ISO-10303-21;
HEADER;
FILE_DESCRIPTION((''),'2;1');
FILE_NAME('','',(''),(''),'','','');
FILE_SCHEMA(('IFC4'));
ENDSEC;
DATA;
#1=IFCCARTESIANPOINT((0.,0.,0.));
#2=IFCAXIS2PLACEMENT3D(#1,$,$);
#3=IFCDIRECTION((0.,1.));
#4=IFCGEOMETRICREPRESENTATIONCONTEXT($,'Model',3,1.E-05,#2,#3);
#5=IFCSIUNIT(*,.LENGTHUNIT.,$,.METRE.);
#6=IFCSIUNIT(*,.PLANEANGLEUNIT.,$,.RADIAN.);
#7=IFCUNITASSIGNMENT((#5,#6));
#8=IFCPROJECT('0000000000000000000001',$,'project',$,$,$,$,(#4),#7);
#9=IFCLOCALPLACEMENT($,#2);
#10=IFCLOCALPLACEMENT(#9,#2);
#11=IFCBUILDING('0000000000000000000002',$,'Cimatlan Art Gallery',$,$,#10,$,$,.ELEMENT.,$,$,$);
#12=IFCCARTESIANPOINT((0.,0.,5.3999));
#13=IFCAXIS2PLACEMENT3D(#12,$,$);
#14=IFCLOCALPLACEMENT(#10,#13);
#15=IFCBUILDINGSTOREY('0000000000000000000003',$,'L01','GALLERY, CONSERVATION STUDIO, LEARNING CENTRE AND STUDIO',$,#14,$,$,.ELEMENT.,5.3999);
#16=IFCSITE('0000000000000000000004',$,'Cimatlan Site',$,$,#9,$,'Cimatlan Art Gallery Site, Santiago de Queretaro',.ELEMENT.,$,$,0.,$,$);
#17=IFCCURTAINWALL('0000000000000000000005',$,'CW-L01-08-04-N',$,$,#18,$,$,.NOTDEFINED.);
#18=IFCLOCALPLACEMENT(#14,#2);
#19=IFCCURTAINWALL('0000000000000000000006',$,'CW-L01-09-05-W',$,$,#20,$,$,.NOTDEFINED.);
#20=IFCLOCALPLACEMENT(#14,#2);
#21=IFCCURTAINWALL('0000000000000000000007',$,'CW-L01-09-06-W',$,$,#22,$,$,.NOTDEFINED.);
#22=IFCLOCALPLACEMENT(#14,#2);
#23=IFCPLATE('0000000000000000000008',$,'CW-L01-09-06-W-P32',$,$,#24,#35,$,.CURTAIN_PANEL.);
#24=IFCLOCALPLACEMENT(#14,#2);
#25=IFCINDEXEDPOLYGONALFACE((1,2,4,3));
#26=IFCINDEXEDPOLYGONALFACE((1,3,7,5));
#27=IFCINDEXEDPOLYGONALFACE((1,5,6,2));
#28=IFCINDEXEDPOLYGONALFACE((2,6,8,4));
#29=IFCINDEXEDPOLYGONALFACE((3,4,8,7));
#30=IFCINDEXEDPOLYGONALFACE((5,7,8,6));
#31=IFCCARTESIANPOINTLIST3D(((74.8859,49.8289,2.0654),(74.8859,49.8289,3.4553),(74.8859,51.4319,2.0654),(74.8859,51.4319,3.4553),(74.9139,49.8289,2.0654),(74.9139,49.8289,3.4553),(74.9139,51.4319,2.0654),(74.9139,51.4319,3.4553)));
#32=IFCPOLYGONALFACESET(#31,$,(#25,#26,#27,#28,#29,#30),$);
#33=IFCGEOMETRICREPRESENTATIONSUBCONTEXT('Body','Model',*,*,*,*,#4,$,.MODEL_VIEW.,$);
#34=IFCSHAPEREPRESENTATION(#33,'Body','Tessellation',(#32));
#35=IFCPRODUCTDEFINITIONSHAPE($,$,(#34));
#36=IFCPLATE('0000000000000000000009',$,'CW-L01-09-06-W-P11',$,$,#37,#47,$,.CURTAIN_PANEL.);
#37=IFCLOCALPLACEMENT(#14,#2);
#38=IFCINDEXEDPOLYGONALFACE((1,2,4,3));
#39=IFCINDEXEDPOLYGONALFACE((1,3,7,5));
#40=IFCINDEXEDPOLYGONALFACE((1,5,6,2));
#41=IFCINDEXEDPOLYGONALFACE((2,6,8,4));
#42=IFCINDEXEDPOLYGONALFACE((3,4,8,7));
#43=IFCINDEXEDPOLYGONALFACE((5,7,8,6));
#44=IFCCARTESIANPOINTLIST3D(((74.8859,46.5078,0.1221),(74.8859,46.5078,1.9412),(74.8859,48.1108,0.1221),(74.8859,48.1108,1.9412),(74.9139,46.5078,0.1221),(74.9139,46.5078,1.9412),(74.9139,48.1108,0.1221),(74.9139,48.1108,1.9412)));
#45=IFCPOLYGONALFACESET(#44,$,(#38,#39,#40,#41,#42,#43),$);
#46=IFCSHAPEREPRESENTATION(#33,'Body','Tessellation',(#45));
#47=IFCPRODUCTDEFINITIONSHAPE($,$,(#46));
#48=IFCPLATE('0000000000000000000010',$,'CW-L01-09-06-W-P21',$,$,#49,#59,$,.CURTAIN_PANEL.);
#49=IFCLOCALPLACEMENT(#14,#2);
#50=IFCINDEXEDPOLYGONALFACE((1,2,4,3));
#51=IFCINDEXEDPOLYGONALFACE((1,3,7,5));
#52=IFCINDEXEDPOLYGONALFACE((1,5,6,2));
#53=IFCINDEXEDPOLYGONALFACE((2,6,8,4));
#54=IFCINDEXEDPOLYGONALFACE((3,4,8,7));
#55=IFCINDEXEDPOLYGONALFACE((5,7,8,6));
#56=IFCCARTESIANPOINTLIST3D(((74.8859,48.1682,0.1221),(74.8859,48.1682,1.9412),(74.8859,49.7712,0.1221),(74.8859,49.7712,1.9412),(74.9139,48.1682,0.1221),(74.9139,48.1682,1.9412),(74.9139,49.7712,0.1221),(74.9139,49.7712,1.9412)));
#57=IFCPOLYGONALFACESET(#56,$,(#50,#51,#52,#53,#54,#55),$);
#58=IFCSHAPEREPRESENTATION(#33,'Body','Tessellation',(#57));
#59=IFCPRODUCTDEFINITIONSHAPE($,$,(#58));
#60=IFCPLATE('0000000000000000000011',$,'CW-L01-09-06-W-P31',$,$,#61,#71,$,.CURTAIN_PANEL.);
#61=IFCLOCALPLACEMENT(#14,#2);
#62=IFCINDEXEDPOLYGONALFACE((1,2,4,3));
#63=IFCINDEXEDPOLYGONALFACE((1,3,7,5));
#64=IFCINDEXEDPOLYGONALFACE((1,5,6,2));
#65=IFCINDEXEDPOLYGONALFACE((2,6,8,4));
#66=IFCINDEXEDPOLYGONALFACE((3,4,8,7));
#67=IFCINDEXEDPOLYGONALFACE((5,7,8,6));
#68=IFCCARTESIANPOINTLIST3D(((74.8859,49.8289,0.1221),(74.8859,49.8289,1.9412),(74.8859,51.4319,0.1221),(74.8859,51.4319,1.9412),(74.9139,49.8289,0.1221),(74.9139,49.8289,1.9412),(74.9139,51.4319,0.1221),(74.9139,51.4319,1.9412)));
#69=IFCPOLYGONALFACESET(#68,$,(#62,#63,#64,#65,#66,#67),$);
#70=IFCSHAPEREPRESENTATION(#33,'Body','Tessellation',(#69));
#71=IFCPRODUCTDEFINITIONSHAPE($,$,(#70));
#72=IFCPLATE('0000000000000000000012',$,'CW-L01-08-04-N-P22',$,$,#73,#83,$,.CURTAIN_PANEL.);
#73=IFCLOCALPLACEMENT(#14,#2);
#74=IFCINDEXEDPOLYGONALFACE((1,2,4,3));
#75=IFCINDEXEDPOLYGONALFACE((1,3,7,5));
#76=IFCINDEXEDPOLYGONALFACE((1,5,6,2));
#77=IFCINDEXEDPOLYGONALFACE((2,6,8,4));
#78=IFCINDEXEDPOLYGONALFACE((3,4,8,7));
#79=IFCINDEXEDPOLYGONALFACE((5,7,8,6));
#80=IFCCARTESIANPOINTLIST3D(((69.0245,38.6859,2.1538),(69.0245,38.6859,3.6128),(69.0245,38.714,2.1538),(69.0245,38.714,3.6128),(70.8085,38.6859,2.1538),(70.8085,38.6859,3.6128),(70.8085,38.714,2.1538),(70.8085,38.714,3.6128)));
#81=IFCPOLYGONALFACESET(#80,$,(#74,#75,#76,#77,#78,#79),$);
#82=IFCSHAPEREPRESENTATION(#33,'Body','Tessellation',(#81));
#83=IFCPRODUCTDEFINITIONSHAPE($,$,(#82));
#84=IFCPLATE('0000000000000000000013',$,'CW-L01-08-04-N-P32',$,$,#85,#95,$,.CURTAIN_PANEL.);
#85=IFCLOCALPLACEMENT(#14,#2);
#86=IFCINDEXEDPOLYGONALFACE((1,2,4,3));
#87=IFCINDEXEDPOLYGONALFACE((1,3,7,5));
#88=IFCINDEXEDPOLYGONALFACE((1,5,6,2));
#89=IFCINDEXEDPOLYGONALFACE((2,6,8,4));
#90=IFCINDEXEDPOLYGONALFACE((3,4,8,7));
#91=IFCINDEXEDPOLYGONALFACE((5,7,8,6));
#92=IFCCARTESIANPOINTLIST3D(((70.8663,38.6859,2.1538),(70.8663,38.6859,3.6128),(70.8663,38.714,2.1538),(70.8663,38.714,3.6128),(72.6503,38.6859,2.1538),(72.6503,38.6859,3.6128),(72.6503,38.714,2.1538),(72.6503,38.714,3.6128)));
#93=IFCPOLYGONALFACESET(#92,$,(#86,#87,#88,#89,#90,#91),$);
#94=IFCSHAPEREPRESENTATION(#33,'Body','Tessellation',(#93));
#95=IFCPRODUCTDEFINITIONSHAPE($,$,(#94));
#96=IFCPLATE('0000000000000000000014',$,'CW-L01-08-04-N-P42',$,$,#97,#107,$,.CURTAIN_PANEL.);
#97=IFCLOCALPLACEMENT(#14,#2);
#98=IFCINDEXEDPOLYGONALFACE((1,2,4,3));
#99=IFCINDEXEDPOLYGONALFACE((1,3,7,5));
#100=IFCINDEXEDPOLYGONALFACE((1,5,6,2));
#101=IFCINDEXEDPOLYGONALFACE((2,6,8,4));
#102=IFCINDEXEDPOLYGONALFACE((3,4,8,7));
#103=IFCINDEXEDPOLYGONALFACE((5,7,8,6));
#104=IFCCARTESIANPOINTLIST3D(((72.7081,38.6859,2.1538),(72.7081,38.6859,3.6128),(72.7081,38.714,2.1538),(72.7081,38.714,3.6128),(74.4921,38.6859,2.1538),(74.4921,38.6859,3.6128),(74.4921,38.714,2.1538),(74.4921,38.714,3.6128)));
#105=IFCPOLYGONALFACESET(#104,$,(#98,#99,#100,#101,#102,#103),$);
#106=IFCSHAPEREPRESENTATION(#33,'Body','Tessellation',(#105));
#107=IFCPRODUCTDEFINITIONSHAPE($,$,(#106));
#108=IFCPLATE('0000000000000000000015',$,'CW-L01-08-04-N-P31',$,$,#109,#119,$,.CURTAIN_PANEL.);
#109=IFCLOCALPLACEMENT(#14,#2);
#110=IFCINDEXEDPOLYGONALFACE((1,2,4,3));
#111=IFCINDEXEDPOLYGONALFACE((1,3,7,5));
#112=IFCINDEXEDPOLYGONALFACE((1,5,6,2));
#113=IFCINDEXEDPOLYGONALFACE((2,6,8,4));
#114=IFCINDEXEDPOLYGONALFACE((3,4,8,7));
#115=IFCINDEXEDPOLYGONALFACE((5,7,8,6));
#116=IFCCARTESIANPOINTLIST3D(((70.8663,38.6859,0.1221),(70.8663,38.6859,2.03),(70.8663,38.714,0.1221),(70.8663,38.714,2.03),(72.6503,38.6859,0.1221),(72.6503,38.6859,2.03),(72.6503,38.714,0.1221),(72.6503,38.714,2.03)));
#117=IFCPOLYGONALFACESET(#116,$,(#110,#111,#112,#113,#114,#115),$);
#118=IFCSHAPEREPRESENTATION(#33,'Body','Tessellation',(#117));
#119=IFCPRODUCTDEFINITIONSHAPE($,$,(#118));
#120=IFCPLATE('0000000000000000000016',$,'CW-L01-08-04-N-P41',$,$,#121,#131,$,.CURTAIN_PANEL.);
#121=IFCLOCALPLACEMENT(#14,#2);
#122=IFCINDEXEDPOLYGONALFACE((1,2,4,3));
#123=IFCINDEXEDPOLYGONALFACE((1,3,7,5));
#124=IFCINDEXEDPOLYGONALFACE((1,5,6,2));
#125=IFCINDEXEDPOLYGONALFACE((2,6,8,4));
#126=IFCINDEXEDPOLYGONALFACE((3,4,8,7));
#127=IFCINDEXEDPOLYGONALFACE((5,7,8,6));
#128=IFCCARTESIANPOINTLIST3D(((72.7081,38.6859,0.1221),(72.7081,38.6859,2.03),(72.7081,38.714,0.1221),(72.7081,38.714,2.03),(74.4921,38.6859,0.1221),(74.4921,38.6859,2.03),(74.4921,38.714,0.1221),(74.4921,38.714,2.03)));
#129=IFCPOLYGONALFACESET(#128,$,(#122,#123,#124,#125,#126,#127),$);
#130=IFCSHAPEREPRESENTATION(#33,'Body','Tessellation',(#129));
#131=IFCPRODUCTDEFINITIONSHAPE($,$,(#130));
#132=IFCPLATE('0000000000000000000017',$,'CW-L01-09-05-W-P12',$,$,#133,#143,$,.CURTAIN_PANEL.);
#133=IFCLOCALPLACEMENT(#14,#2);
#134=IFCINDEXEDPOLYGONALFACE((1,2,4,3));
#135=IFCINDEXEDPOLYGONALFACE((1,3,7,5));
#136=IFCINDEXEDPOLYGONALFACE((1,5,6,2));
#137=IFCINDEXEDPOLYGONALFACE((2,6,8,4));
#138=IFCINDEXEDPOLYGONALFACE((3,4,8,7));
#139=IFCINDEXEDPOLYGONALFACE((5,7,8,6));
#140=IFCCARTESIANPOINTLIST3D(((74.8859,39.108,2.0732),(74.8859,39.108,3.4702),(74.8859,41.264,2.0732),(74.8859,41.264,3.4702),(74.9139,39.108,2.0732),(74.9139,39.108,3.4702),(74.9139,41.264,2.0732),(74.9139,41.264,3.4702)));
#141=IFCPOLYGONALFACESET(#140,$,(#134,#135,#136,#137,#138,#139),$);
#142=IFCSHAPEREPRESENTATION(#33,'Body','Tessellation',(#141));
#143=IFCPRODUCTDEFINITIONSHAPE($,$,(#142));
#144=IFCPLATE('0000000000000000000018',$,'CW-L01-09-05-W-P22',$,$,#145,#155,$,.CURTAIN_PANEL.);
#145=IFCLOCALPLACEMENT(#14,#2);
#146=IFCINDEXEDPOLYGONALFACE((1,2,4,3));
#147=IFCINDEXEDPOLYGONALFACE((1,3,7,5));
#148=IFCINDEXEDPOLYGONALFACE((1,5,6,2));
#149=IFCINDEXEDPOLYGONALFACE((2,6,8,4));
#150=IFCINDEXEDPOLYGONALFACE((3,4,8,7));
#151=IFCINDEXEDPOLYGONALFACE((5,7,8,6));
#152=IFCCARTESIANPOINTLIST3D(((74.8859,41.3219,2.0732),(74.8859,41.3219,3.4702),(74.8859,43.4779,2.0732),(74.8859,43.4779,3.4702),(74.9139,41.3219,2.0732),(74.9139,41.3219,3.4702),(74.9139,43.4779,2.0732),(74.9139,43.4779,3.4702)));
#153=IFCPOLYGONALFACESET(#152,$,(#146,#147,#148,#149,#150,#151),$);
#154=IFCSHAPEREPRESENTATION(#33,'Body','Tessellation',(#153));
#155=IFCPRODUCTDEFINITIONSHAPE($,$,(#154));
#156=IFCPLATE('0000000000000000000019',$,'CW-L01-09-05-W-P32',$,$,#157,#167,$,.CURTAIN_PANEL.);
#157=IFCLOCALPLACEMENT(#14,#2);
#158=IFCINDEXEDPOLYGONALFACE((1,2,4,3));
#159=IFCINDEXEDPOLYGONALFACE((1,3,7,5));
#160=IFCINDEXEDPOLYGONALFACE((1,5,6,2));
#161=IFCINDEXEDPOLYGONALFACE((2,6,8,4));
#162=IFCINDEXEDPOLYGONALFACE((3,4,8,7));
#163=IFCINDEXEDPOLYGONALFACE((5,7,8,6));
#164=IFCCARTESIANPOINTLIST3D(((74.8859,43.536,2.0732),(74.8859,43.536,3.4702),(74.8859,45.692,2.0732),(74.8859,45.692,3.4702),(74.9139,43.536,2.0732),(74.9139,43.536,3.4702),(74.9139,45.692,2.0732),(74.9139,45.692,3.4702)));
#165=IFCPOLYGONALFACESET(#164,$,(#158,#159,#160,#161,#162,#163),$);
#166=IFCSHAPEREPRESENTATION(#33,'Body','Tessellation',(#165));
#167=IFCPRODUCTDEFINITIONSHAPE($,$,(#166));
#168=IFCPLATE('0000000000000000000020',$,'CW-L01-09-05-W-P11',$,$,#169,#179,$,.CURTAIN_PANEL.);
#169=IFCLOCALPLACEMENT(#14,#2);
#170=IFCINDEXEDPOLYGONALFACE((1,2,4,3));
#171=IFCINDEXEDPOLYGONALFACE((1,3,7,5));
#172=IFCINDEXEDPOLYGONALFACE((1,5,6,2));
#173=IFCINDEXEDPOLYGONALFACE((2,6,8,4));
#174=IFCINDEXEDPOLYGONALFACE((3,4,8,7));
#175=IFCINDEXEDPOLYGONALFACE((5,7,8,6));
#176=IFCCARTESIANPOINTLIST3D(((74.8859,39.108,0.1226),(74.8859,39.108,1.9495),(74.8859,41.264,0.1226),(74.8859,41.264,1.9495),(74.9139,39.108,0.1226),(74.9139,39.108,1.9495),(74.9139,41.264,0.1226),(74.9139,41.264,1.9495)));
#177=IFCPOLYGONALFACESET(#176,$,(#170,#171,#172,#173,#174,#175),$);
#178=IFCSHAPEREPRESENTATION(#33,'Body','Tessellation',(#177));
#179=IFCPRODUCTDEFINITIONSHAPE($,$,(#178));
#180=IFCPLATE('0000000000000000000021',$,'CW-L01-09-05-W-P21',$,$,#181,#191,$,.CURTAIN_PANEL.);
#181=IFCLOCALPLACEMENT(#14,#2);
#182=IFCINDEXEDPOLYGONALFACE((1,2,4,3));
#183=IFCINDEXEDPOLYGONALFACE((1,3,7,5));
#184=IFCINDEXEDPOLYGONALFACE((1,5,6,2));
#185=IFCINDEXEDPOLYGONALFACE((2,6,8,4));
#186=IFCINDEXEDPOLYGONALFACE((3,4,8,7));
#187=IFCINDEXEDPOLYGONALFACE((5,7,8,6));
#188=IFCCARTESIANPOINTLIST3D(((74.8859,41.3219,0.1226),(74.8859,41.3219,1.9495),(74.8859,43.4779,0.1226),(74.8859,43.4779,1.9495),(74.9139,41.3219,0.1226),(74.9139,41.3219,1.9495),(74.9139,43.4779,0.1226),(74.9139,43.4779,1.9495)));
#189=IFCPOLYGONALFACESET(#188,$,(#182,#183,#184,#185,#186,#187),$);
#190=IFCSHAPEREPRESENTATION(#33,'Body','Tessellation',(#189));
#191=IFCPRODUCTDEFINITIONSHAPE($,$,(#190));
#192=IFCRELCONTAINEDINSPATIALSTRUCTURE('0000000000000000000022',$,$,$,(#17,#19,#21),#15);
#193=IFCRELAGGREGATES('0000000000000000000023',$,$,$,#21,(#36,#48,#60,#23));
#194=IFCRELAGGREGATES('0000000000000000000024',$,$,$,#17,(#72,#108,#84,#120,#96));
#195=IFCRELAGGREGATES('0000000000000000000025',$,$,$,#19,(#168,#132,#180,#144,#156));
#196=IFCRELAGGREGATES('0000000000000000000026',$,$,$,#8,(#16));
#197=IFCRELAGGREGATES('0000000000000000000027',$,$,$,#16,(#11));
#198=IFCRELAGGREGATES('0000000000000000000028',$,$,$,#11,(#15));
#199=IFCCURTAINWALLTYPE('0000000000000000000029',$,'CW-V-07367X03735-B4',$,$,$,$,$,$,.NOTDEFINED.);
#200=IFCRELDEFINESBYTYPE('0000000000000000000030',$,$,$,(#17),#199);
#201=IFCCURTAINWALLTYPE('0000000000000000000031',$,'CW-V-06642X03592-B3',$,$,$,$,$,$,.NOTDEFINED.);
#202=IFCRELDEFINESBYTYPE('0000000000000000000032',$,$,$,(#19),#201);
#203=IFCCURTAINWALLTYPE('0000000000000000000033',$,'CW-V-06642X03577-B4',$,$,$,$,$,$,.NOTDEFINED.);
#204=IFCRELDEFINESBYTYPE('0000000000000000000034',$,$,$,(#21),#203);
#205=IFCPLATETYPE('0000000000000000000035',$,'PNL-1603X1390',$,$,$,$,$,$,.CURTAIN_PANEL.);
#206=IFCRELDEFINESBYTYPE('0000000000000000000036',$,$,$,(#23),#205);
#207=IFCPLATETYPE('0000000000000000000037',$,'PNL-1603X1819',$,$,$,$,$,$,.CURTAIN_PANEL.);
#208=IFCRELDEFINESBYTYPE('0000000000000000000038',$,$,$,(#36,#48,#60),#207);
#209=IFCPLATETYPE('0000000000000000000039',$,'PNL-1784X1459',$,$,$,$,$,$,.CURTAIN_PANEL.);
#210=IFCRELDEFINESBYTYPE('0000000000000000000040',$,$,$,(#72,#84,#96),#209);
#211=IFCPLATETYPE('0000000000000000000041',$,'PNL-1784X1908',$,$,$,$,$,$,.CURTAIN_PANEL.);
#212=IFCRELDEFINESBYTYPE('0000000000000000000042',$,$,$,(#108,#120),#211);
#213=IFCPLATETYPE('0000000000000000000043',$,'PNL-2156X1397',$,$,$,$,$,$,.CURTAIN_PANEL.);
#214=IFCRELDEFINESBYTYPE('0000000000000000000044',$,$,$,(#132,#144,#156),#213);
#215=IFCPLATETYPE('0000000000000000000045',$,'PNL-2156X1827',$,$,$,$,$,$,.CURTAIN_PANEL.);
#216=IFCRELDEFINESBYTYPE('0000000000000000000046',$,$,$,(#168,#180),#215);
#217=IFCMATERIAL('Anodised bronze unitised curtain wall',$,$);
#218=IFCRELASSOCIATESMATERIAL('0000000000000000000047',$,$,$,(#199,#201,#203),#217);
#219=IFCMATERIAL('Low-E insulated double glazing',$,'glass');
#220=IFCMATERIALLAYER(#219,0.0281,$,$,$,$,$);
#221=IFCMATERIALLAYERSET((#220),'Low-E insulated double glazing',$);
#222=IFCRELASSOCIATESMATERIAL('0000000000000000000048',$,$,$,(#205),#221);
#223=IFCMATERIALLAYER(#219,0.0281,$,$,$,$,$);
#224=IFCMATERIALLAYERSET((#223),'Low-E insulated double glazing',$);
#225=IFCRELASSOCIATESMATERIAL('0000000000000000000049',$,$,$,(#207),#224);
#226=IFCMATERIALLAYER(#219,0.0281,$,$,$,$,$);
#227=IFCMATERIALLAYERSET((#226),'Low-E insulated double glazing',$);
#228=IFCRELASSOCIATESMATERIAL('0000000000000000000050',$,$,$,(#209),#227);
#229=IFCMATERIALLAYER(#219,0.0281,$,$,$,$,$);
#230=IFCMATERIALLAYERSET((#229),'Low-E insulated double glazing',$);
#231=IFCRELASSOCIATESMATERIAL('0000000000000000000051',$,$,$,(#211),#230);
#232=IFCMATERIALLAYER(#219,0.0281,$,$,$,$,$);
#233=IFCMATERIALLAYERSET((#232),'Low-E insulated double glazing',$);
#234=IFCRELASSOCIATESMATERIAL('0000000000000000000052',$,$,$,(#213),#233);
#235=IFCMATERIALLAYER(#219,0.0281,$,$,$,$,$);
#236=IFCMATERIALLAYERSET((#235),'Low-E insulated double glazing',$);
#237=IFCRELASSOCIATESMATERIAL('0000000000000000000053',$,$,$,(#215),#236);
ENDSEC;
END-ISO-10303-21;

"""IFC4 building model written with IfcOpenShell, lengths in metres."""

from ifc_helpers import new_model, si_unit, direction, frame, origin, origin_2d, place, context, subcontext, project, spatial, rectangle, extrude, material, layer, layer_set, type_object, element, aggregate, save


model = new_model("IFC4")

# Units and contexts
model_context = context("Model", 3, precision=1e-05, world=origin(), true_north=direction((0.0, 1.0)))
body_context = subcontext(model_context, "Body", "Model", "MODEL_VIEW")
ifc_project = project(units=[si_unit("LENGTHUNIT", "METRE"), si_unit("PLANEANGLEUNIT", "RADIAN")], contexts=[model_context])

# Site, building, storey
site_placement = place(None, origin())
site = spatial("IfcSite", under=ifc_project, at=site_placement, Name="Cimatlan Site", LongName="Cimatlan Art Gallery Site, Santiago de Queretaro", CompositionType="ELEMENT", RefElevation=0.0)
building_placement = place(site_placement, origin())
building = spatial("IfcBuilding", under=site, at=building_placement, Name="Cimatlan Art Gallery", CompositionType="ELEMENT")
storey_placement = place(building_placement, frame((0.0, 0.0, 5.3999)))
storey = spatial("IfcBuildingStorey", under=building, at=storey_placement, Name="L01", Description="GALLERY, CONSERVATION STUDIO, LEARNING CENTRE AND STUDIO", CompositionType="ELEMENT", Elevation=5.3999)

# Curtain walls
ifc_material_1 = material(Name="Anodised bronze unitised curtain wall")
curtain_wall_type_1 = type_object("IfcCurtainWallType", Name="CW-V-07367X03735-B4", PredefinedType="NOTDEFINED", material=ifc_material_1)
curtain_wall_1_placement = place(storey_placement, origin())
curtain_wall_1 = element("IfcCurtainWall", 1, at=curtain_wall_1_placement, inside=storey, type_object=curtain_wall_type_1, Name="CW-L01-08-04-N", PredefinedType="NOTDEFINED")
curtain_wall_type_2 = type_object("IfcCurtainWallType", Name="CW-V-06642X03592-B3", PredefinedType="NOTDEFINED", material=ifc_material_1)
curtain_wall_2_placement = place(storey_placement, origin())
curtain_wall_2 = element("IfcCurtainWall", 2, at=curtain_wall_2_placement, inside=storey, type_object=curtain_wall_type_2, Name="CW-L01-09-05-W", PredefinedType="NOTDEFINED")
curtain_wall_type_3 = type_object("IfcCurtainWallType", Name="CW-V-06642X03577-B4", PredefinedType="NOTDEFINED", material=ifc_material_1)
curtain_wall_3_placement = place(storey_placement, origin())
curtain_wall_3 = element("IfcCurtainWall", 3, at=curtain_wall_3_placement, inside=storey, type_object=curtain_wall_type_3, Name="CW-L01-09-06-W", PredefinedType="NOTDEFINED")

# Plates
ifc_material_2 = material(Name="Low-E insulated double glazing", Category="glass")
ifc_layer_1 = layer(ifc_material_2, 0.0281)
ifc_layer_set_1 = layer_set([ifc_layer_1], Name="Low-E insulated double glazing")
plate_type_1 = type_object("IfcPlateType", Name="PNL-1603X1390", PredefinedType="CURTAIN_PANEL", material=ifc_layer_set_1)
plate_1_placement = place(storey_placement, frame((74.8999, 50.6304, 2.0654), z_axis=(0.0, 0.0, 1.0), x_axis=(0.0, 1.0, 0.0)))
plate_1 = element("IfcPlate", 4, at=plate_1_placement, type_object=plate_type_1, Name="CW-L01-09-06-W-P32", PredefinedType="CURTAIN_PANEL", context=body_context, shape_type="SweptSolid", body=[
    extrude(rectangle(XDim=1.603, YDim=0.0281, at=origin_2d()), origin(), (0.0, 0.0, 1.0), 1.3899),
])
ifc_layer_2 = layer(ifc_material_2, 0.0281)
ifc_layer_set_2 = layer_set([ifc_layer_2], Name="Low-E insulated double glazing")
plate_type_2 = type_object("IfcPlateType", Name="PNL-1603X1819", PredefinedType="CURTAIN_PANEL", material=ifc_layer_set_2)
plate_2_placement = place(storey_placement, frame((74.8999, 47.3093, 0.1221), z_axis=(0.0, 0.0, 1.0), x_axis=(0.0, 1.0, 0.0)))
plate_2 = element("IfcPlate", 5, at=plate_2_placement, type_object=plate_type_2, Name="CW-L01-09-06-W-P11", PredefinedType="CURTAIN_PANEL", context=body_context, shape_type="SweptSolid", body=[
    extrude(rectangle(XDim=1.603, YDim=0.0281, at=origin_2d()), origin(), (0.0, 0.0, 1.0), 1.8191),
])
plate_3_placement = place(storey_placement, frame((74.8999, 48.9697, 0.1221), z_axis=(0.0, 0.0, 1.0), x_axis=(0.0, 1.0, 0.0)))
plate_3 = element("IfcPlate", 6, at=plate_3_placement, type_object=plate_type_2, Name="CW-L01-09-06-W-P21", PredefinedType="CURTAIN_PANEL", context=body_context, shape_type="SweptSolid", body=[
    extrude(rectangle(XDim=1.603, YDim=0.0281, at=origin_2d()), origin(), (0.0, 0.0, 1.0), 1.8191),
])
plate_4_placement = place(storey_placement, frame((74.8999, 50.6304, 0.1221), z_axis=(0.0, 0.0, 1.0), x_axis=(0.0, 1.0, 0.0)))
plate_4 = element("IfcPlate", 7, at=plate_4_placement, type_object=plate_type_2, Name="CW-L01-09-06-W-P31", PredefinedType="CURTAIN_PANEL", context=body_context, shape_type="SweptSolid", body=[
    extrude(rectangle(XDim=1.603, YDim=0.0281, at=origin_2d()), origin(), (0.0, 0.0, 1.0), 1.8191),
])
aggregate(curtain_wall_3, [plate_2, plate_3, plate_4, plate_1])
ifc_layer_3 = layer(ifc_material_2, 0.0281)
ifc_layer_set_3 = layer_set([ifc_layer_3], Name="Low-E insulated double glazing")
plate_type_3 = type_object("IfcPlateType", Name="PNL-1784X1459", PredefinedType="CURTAIN_PANEL", material=ifc_layer_set_3)
plate_5_placement = place(storey_placement, frame((69.9165, 38.7, 2.1538), z_axis=(0.0, 0.0, 1.0), x_axis=(1.0, 0.0, 0.0)))
plate_5 = element("IfcPlate", 8, at=plate_5_placement, type_object=plate_type_3, Name="CW-L01-08-04-N-P22", PredefinedType="CURTAIN_PANEL", context=body_context, shape_type="SweptSolid", body=[
    extrude(rectangle(XDim=1.7839, YDim=0.0281, at=origin_2d()), origin(), (0.0, 0.0, 1.0), 1.459),
])
plate_6_placement = place(storey_placement, frame((71.7583, 38.7, 2.1538), z_axis=(0.0, 0.0, 1.0), x_axis=(1.0, 0.0, 0.0)))
plate_6 = element("IfcPlate", 9, at=plate_6_placement, type_object=plate_type_3, Name="CW-L01-08-04-N-P32", PredefinedType="CURTAIN_PANEL", context=body_context, shape_type="SweptSolid", body=[
    extrude(rectangle(XDim=1.7839, YDim=0.0281, at=origin_2d()), origin(), (0.0, 0.0, 1.0), 1.459),
])
plate_7_placement = place(storey_placement, frame((73.6001, 38.7, 2.1538), z_axis=(0.0, 0.0, 1.0), x_axis=(1.0, 0.0, 0.0)))
plate_7 = element("IfcPlate", 10, at=plate_7_placement, type_object=plate_type_3, Name="CW-L01-08-04-N-P42", PredefinedType="CURTAIN_PANEL", context=body_context, shape_type="SweptSolid", body=[
    extrude(rectangle(XDim=1.7839, YDim=0.0281, at=origin_2d()), origin(), (0.0, 0.0, 1.0), 1.459),
])
ifc_layer_4 = layer(ifc_material_2, 0.0281)
ifc_layer_set_4 = layer_set([ifc_layer_4], Name="Low-E insulated double glazing")
plate_type_4 = type_object("IfcPlateType", Name="PNL-1784X1908", PredefinedType="CURTAIN_PANEL", material=ifc_layer_set_4)
plate_8_placement = place(storey_placement, frame((71.7583, 38.7, 0.1221), z_axis=(0.0, 0.0, 1.0), x_axis=(1.0, 0.0, 0.0)))
plate_8 = element("IfcPlate", 11, at=plate_8_placement, type_object=plate_type_4, Name="CW-L01-08-04-N-P31", PredefinedType="CURTAIN_PANEL", context=body_context, shape_type="SweptSolid", body=[
    extrude(rectangle(XDim=1.7839, YDim=0.0281, at=origin_2d()), origin(), (0.0, 0.0, 1.0), 1.908),
])
plate_9_placement = place(storey_placement, frame((73.6001, 38.7, 0.1221), z_axis=(0.0, 0.0, 1.0), x_axis=(1.0, 0.0, 0.0)))
plate_9 = element("IfcPlate", 12, at=plate_9_placement, type_object=plate_type_4, Name="CW-L01-08-04-N-P41", PredefinedType="CURTAIN_PANEL", context=body_context, shape_type="SweptSolid", body=[
    extrude(rectangle(XDim=1.7839, YDim=0.0281, at=origin_2d()), origin(), (0.0, 0.0, 1.0), 1.908),
])
aggregate(curtain_wall_1, [plate_5, plate_8, plate_6, plate_9, plate_7])
ifc_layer_5 = layer(ifc_material_2, 0.0281)
ifc_layer_set_5 = layer_set([ifc_layer_5], Name="Low-E insulated double glazing")
plate_type_5 = type_object("IfcPlateType", Name="PNL-2156X1397", PredefinedType="CURTAIN_PANEL", material=ifc_layer_set_5)
plate_10_placement = place(storey_placement, frame((74.8999, 40.186, 2.0732), z_axis=(0.0, 0.0, 1.0), x_axis=(0.0, 1.0, 0.0)))
plate_10 = element("IfcPlate", 13, at=plate_10_placement, type_object=plate_type_5, Name="CW-L01-09-05-W-P12", PredefinedType="CURTAIN_PANEL", context=body_context, shape_type="SweptSolid", body=[
    extrude(rectangle(XDim=2.156, YDim=0.0281, at=origin_2d()), origin(), (0.0, 0.0, 1.0), 1.397),
])
plate_11_placement = place(storey_placement, frame((74.8999, 42.3999, 2.0732), z_axis=(0.0, 0.0, 1.0), x_axis=(0.0, 1.0, 0.0)))
plate_11 = element("IfcPlate", 14, at=plate_11_placement, type_object=plate_type_5, Name="CW-L01-09-05-W-P22", PredefinedType="CURTAIN_PANEL", context=body_context, shape_type="SweptSolid", body=[
    extrude(rectangle(XDim=2.156, YDim=0.0281, at=origin_2d()), origin(), (0.0, 0.0, 1.0), 1.397),
])
plate_12_placement = place(storey_placement, frame((74.8999, 44.614, 2.0732), z_axis=(0.0, 0.0, 1.0), x_axis=(0.0, 1.0, 0.0)))
plate_12 = element("IfcPlate", 15, at=plate_12_placement, type_object=plate_type_5, Name="CW-L01-09-05-W-P32", PredefinedType="CURTAIN_PANEL", context=body_context, shape_type="SweptSolid", body=[
    extrude(rectangle(XDim=2.156, YDim=0.0281, at=origin_2d()), origin(), (0.0, 0.0, 1.0), 1.397),
])
ifc_layer_6 = layer(ifc_material_2, 0.0281)
ifc_layer_set_6 = layer_set([ifc_layer_6], Name="Low-E insulated double glazing")
plate_type_6 = type_object("IfcPlateType", Name="PNL-2156X1827", PredefinedType="CURTAIN_PANEL", material=ifc_layer_set_6)
plate_13_placement = place(storey_placement, frame((74.8999, 40.186, 0.1226), z_axis=(0.0, 0.0, 1.0), x_axis=(0.0, 1.0, 0.0)))
plate_13 = element("IfcPlate", 16, at=plate_13_placement, type_object=plate_type_6, Name="CW-L01-09-05-W-P11", PredefinedType="CURTAIN_PANEL", context=body_context, shape_type="SweptSolid", body=[
    extrude(rectangle(XDim=2.156, YDim=0.0281, at=origin_2d()), origin(), (0.0, 0.0, 1.0), 1.8269),
])
plate_14_placement = place(storey_placement, frame((74.8999, 42.3999, 0.1226), z_axis=(0.0, 0.0, 1.0), x_axis=(0.0, 1.0, 0.0)))
plate_14 = element("IfcPlate", 17, at=plate_14_placement, type_object=plate_type_6, Name="CW-L01-09-05-W-P21", PredefinedType="CURTAIN_PANEL", context=body_context, shape_type="SweptSolid", body=[
    extrude(rectangle(XDim=2.156, YDim=0.0281, at=origin_2d()), origin(), (0.0, 0.0, 1.0), 1.8269),
])
aggregate(curtain_wall_2, [plate_13, plate_10, plate_14, plate_11, plate_12])

save(model, "model.ifc")
